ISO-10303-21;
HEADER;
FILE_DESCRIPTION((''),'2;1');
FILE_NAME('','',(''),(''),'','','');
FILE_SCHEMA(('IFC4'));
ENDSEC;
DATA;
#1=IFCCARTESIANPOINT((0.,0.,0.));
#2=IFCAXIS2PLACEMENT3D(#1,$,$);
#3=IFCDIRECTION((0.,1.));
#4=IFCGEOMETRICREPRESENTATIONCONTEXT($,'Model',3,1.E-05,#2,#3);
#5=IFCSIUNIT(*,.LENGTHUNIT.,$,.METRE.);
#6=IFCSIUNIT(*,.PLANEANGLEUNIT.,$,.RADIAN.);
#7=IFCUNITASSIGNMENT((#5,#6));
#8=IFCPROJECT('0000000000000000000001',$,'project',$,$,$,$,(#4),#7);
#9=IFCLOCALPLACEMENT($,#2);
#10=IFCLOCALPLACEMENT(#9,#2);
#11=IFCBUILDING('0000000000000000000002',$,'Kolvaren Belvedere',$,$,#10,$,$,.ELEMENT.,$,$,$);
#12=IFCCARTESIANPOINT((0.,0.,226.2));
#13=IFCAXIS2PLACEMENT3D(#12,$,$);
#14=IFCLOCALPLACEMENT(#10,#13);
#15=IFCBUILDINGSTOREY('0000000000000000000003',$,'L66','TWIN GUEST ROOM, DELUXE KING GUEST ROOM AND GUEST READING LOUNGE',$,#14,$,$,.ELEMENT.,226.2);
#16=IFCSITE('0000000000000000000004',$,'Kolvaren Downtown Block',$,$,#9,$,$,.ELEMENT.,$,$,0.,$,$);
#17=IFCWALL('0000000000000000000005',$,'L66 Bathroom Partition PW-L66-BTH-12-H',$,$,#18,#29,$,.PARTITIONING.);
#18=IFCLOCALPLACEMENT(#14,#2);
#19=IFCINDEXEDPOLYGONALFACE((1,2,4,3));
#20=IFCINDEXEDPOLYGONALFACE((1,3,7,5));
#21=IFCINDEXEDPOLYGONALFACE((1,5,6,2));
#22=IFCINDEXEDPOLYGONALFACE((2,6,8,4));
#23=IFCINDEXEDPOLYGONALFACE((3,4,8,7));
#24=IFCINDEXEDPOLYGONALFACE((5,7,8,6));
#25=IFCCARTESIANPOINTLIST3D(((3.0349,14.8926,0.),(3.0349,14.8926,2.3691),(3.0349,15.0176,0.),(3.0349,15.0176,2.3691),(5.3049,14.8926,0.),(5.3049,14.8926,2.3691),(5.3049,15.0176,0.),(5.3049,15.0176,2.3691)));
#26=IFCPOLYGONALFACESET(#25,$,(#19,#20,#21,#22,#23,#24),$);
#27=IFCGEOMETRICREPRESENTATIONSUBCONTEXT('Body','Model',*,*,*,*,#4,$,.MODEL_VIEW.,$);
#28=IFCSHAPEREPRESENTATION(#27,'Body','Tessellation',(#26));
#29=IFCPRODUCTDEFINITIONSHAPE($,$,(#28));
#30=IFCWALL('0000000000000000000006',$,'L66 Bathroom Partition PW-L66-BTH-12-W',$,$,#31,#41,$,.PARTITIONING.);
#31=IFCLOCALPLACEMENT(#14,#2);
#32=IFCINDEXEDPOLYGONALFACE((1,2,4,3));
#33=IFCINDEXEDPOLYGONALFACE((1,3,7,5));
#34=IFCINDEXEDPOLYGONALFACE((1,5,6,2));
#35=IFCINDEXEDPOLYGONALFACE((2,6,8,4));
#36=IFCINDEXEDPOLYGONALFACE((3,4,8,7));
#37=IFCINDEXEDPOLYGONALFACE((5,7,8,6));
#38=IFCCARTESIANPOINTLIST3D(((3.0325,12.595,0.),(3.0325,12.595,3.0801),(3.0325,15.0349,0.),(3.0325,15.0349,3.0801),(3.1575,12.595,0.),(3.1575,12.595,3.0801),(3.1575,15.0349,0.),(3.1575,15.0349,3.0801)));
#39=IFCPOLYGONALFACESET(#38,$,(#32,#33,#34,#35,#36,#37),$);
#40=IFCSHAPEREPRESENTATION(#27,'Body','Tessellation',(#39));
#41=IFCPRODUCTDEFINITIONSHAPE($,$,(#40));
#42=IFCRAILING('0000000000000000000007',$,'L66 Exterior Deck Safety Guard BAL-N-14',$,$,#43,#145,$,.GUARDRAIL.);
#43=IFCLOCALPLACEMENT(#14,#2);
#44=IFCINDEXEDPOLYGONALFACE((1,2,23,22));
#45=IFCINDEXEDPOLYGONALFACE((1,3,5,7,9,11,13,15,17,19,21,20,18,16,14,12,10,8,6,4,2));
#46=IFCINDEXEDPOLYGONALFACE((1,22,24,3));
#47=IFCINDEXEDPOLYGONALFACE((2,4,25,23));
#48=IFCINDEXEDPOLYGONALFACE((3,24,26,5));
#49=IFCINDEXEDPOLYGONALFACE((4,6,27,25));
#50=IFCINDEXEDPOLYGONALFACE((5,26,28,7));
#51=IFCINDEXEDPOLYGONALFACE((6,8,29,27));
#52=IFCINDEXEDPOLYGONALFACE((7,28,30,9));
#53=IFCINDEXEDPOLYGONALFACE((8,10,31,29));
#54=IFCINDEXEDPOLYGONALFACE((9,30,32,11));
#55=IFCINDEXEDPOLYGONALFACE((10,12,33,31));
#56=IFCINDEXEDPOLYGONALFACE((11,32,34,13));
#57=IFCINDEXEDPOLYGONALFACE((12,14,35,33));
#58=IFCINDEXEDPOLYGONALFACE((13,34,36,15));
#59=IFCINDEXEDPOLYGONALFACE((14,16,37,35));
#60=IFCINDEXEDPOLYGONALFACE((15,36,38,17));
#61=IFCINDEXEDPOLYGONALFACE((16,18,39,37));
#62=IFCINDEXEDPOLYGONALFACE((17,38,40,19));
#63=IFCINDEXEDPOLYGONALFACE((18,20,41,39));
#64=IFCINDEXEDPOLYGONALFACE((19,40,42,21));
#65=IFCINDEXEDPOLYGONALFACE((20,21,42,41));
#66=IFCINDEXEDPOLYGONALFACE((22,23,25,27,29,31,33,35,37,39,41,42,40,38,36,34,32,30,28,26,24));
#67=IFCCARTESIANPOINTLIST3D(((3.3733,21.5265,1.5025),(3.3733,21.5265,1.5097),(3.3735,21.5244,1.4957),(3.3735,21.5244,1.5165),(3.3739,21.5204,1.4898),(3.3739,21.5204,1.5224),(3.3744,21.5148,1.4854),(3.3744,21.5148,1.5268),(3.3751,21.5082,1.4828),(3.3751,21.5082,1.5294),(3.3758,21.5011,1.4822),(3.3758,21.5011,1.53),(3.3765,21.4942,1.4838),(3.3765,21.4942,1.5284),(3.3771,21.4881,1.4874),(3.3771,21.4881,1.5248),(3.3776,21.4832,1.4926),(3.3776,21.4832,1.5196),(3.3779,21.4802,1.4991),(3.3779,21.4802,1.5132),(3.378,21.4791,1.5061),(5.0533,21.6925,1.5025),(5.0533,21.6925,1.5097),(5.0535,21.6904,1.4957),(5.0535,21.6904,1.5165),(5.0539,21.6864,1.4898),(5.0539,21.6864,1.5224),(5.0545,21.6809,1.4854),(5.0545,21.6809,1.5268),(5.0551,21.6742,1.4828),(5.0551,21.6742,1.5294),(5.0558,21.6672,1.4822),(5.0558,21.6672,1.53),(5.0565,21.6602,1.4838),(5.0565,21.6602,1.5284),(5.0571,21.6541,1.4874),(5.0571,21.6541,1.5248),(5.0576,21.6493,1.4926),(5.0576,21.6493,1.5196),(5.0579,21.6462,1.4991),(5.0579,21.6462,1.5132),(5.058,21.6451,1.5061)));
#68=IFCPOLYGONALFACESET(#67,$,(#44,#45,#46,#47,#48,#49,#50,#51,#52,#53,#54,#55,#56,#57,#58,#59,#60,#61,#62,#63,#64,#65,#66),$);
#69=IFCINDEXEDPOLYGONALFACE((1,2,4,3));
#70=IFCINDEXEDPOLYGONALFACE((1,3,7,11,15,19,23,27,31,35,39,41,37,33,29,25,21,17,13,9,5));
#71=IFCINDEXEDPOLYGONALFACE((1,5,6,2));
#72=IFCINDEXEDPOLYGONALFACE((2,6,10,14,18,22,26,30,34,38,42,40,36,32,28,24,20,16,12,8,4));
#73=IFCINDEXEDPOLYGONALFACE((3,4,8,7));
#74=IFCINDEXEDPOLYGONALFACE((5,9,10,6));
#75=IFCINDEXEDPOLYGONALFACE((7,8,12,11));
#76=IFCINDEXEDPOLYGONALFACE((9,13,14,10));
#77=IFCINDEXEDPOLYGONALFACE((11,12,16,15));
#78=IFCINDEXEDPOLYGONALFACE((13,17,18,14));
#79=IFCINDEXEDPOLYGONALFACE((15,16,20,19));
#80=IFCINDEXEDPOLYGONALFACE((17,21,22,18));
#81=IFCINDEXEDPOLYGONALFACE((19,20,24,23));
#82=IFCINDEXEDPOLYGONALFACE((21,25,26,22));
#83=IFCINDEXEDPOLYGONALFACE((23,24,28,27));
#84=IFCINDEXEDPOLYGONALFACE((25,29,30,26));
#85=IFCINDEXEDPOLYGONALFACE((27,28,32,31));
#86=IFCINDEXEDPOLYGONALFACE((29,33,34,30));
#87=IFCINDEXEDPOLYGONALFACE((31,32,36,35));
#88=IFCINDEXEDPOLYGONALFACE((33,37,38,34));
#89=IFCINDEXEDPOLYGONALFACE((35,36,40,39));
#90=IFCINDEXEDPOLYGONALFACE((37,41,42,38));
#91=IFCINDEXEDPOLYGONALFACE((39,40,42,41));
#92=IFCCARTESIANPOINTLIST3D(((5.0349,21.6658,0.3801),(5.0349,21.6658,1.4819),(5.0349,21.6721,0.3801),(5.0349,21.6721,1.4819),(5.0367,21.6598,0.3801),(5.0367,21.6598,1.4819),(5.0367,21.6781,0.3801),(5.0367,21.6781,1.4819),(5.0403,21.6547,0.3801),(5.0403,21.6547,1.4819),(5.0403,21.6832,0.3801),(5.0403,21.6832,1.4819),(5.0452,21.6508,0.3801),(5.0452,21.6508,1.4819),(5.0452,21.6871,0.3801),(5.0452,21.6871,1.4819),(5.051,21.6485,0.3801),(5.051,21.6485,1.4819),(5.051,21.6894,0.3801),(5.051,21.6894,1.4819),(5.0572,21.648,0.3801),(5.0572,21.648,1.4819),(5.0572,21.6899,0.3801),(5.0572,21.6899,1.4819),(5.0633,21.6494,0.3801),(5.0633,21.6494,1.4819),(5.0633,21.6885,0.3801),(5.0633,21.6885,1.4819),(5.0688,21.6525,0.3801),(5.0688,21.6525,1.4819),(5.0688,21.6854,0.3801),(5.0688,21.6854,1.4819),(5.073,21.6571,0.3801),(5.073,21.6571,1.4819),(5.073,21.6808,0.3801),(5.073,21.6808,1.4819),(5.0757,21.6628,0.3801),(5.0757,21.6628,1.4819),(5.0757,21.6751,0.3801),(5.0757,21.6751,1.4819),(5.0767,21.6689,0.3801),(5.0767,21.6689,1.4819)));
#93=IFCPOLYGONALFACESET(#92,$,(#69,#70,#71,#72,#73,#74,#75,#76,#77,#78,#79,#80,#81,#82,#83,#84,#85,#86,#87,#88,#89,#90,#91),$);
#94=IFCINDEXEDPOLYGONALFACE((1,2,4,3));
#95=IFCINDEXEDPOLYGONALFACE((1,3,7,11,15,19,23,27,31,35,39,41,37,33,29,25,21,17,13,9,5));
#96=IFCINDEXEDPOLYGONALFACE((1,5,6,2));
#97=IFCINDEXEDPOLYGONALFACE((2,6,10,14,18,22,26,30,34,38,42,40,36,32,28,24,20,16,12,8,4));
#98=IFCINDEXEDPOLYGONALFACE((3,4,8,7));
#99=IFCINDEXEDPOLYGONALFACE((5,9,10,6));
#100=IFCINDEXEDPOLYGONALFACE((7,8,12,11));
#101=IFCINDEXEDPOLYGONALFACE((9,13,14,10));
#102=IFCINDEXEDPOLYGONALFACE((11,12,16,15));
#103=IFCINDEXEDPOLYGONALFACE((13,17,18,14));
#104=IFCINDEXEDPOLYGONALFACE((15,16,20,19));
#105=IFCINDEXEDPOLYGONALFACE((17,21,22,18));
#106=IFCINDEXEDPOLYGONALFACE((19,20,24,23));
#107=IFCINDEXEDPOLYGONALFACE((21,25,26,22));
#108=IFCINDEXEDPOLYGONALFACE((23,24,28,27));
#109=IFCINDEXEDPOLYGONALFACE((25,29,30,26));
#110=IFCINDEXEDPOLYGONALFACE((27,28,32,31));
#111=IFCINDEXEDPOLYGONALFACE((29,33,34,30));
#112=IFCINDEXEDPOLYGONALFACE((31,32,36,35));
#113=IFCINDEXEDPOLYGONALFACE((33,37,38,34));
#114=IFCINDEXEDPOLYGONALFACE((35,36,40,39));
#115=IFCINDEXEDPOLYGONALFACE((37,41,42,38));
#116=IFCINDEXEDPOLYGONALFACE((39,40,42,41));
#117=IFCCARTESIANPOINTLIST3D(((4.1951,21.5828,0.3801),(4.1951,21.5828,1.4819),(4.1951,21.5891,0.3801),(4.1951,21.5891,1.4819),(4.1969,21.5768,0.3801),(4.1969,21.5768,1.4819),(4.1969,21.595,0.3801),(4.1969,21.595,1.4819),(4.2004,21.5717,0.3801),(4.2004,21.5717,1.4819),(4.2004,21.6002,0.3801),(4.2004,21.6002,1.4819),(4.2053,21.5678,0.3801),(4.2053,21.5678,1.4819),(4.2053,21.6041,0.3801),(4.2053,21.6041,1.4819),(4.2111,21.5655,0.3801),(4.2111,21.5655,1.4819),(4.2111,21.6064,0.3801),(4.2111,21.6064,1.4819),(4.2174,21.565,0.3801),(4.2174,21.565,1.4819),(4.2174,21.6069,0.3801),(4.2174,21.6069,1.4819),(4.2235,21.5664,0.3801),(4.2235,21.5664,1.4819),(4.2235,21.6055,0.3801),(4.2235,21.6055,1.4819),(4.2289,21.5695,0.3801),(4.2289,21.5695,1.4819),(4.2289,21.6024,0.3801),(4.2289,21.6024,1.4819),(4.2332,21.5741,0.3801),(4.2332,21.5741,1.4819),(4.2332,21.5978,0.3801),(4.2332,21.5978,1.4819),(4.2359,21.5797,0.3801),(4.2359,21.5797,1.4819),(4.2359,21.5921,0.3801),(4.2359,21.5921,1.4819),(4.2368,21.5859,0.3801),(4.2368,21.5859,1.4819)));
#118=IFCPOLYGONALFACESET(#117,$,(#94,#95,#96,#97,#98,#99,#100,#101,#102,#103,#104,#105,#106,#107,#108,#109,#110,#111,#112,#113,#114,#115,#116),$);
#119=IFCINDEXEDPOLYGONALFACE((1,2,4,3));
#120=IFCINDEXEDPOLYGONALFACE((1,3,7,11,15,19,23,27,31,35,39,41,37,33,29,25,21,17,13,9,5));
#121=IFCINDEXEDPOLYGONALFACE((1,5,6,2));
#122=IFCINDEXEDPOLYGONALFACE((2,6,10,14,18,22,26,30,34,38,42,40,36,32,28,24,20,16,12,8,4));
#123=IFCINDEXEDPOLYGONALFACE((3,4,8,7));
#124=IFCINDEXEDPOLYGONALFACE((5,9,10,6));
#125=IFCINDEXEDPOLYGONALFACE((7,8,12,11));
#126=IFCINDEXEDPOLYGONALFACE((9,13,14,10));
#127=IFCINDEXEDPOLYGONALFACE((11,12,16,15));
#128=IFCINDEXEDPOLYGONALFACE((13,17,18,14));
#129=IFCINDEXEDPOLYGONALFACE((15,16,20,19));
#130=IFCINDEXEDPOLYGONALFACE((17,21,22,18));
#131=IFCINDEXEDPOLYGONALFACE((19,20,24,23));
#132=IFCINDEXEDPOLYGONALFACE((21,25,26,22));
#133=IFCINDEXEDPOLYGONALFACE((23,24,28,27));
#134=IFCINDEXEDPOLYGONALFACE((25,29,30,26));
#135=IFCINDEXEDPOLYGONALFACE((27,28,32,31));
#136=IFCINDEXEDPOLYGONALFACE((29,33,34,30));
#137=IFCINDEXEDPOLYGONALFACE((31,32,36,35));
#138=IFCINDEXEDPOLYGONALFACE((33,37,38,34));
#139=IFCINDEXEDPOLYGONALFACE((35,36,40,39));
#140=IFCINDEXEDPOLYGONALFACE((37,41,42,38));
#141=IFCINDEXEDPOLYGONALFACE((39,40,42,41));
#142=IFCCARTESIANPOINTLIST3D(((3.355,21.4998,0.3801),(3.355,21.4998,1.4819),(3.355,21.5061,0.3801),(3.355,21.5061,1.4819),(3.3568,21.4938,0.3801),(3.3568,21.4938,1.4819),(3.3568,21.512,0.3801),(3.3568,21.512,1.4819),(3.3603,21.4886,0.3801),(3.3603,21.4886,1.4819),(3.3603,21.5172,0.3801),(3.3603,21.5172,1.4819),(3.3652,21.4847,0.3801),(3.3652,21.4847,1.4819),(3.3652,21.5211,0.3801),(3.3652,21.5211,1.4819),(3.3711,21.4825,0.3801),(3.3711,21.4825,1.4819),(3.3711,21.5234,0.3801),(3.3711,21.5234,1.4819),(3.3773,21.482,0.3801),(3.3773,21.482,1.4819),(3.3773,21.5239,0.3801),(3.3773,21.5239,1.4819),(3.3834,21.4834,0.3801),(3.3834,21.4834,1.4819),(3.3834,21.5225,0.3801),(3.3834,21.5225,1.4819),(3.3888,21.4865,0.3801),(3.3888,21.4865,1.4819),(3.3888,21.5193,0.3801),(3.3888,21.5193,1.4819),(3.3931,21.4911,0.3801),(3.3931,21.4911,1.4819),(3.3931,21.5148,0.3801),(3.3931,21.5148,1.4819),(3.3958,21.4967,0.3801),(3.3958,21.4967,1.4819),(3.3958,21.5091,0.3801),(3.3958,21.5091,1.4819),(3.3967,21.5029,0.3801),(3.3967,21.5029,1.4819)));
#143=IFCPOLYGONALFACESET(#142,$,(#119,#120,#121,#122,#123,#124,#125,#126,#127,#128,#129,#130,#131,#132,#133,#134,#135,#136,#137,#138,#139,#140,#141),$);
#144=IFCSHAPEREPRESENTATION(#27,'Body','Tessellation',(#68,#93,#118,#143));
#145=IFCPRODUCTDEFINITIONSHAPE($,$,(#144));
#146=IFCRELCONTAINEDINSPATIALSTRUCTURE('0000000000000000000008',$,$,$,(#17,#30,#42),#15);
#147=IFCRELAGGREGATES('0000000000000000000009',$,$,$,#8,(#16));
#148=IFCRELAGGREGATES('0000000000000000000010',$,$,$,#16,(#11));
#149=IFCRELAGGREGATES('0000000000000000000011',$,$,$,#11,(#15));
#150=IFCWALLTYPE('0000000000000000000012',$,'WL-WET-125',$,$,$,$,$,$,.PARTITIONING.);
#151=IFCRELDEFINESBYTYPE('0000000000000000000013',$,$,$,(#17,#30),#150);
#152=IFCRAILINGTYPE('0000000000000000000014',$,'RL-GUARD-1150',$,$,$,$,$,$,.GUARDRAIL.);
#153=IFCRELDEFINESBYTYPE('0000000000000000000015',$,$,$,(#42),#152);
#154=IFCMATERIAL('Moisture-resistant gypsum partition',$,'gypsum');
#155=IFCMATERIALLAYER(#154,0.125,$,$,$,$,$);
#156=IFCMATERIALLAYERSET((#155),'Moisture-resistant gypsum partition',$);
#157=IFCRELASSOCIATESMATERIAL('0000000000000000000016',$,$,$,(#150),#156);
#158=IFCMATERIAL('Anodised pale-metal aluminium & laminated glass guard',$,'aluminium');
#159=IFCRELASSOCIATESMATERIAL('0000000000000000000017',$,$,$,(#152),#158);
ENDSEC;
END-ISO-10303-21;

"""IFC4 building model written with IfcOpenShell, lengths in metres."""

from ifc_helpers import new_model, si_unit, direction, frame, frame_2d, origin, origin_2d, place, context, subcontext, project, spatial, rectangle, circle, extrude, material, layer, layer_set, type_object, element, save


model = new_model("IFC4")

# Units and contexts
model_context = context("Model", 3, precision=1e-05, world=origin(), true_north=direction((0.0, 1.0)))
body_context = subcontext(model_context, "Body", "Model", "MODEL_VIEW")
ifc_project = project(units=[si_unit("LENGTHUNIT", "METRE"), si_unit("PLANEANGLEUNIT", "RADIAN")], contexts=[model_context])

# Site, building, storey
site_placement = place(None, origin())
site = spatial("IfcSite", under=ifc_project, at=site_placement, Name="Kolvaren Downtown Block", CompositionType="ELEMENT", RefElevation=0.0)
building_placement = place(site_placement, origin())
building = spatial("IfcBuilding", under=site, at=building_placement, Name="Kolvaren Belvedere", CompositionType="ELEMENT")
storey_placement = place(building_placement, frame((0.0, 0.0, 226.2)))
storey = spatial("IfcBuildingStorey", under=building, at=storey_placement, Name="L66", Description="TWIN GUEST ROOM, DELUXE KING GUEST ROOM AND GUEST READING LOUNGE", CompositionType="ELEMENT", Elevation=226.2)

# Shared definitions
ifc_material_1 = material(Name="Moisture-resistant gypsum partition", Category="gypsum")
ifc_layer_1 = layer(ifc_material_1, 0.125)
ifc_layer_set_1 = layer_set([ifc_layer_1], Name="Moisture-resistant gypsum partition")
wall_type_1 = type_object("IfcWallType", Name="WL-WET-125", PredefinedType="PARTITIONING", material=ifc_layer_set_1)

# Walls
wall_1_placement = place(storey_placement, frame((3.0349, 14.9551, 0.0), z_axis=(0.0, 0.0, 1.0), x_axis=(1.0, 0.0, 0.0)))
element("IfcWall", 1, at=wall_1_placement, inside=storey, type_object=wall_type_1, Name="L66 Bathroom Partition PW-L66-BTH-12-H", PredefinedType="PARTITIONING", context=body_context, shape_type="SweptSolid", body=[
    extrude(rectangle(XDim=2.27, YDim=0.125, at=frame_2d((1.135, 0.0))), origin(), (0.0, 0.0, 1.0), 2.3691),
])
wall_2_placement = place(storey_placement, frame((3.095, 12.595, 0.0), z_axis=(0.0, 0.0, 1.0), x_axis=(0.0, 1.0, 0.0)))
element("IfcWall", 2, at=wall_2_placement, inside=storey, type_object=wall_type_1, Name="L66 Bathroom Partition PW-L66-BTH-12-W", PredefinedType="PARTITIONING", context=body_context, shape_type="SweptSolid", body=[
    extrude(rectangle(XDim=2.4399, YDim=0.125, at=frame_2d((1.22, 0.0))), origin(), (0.0, 0.0, 1.0), 3.0801),
])

# Railing
ifc_material_2 = material(Name="Anodised pale-metal aluminium & laminated glass guard", Category="aluminium")
railing_type = type_object("IfcRailingType", Name="RL-GUARD-1150", PredefinedType="GUARDRAIL", material=ifc_material_2)
railing_1_placement = place(storey_placement, frame((5.0557, 21.6689, 0.3801)))
element("IfcRailing", 3, at=railing_1_placement, inside=storey, type_object=railing_type, Name="L66 Exterior Deck Safety Guard BAL-N-14", PredefinedType="GUARDRAIL", context=body_context, shape_type="SweptSolid", body=[
    extrude(circle(Radius=0.0239, at=origin_2d()), frame((0.0, 0.0, 1.126), z_axis=(-0.995152, -0.098344, 0.0), x_axis=(0.098344, -0.995152, 0.0)), (0.0, 0.0, 1.0), 1.6882),
    extrude(circle(Radius=0.021, at=origin_2d()), origin(), (0.0, 0.0, 1.0), 1.1018),
    extrude(circle(Radius=0.021, at=origin_2d()), frame((-0.8398, -0.083, 0.0)), (0.0, 0.0, 1.0), 1.1018),
    extrude(circle(Radius=0.021, at=origin_2d()), frame((-1.6799, -0.166, 0.0)), (0.0, 0.0, 1.0), 1.1018),
])

save(model, "model.ifc")
